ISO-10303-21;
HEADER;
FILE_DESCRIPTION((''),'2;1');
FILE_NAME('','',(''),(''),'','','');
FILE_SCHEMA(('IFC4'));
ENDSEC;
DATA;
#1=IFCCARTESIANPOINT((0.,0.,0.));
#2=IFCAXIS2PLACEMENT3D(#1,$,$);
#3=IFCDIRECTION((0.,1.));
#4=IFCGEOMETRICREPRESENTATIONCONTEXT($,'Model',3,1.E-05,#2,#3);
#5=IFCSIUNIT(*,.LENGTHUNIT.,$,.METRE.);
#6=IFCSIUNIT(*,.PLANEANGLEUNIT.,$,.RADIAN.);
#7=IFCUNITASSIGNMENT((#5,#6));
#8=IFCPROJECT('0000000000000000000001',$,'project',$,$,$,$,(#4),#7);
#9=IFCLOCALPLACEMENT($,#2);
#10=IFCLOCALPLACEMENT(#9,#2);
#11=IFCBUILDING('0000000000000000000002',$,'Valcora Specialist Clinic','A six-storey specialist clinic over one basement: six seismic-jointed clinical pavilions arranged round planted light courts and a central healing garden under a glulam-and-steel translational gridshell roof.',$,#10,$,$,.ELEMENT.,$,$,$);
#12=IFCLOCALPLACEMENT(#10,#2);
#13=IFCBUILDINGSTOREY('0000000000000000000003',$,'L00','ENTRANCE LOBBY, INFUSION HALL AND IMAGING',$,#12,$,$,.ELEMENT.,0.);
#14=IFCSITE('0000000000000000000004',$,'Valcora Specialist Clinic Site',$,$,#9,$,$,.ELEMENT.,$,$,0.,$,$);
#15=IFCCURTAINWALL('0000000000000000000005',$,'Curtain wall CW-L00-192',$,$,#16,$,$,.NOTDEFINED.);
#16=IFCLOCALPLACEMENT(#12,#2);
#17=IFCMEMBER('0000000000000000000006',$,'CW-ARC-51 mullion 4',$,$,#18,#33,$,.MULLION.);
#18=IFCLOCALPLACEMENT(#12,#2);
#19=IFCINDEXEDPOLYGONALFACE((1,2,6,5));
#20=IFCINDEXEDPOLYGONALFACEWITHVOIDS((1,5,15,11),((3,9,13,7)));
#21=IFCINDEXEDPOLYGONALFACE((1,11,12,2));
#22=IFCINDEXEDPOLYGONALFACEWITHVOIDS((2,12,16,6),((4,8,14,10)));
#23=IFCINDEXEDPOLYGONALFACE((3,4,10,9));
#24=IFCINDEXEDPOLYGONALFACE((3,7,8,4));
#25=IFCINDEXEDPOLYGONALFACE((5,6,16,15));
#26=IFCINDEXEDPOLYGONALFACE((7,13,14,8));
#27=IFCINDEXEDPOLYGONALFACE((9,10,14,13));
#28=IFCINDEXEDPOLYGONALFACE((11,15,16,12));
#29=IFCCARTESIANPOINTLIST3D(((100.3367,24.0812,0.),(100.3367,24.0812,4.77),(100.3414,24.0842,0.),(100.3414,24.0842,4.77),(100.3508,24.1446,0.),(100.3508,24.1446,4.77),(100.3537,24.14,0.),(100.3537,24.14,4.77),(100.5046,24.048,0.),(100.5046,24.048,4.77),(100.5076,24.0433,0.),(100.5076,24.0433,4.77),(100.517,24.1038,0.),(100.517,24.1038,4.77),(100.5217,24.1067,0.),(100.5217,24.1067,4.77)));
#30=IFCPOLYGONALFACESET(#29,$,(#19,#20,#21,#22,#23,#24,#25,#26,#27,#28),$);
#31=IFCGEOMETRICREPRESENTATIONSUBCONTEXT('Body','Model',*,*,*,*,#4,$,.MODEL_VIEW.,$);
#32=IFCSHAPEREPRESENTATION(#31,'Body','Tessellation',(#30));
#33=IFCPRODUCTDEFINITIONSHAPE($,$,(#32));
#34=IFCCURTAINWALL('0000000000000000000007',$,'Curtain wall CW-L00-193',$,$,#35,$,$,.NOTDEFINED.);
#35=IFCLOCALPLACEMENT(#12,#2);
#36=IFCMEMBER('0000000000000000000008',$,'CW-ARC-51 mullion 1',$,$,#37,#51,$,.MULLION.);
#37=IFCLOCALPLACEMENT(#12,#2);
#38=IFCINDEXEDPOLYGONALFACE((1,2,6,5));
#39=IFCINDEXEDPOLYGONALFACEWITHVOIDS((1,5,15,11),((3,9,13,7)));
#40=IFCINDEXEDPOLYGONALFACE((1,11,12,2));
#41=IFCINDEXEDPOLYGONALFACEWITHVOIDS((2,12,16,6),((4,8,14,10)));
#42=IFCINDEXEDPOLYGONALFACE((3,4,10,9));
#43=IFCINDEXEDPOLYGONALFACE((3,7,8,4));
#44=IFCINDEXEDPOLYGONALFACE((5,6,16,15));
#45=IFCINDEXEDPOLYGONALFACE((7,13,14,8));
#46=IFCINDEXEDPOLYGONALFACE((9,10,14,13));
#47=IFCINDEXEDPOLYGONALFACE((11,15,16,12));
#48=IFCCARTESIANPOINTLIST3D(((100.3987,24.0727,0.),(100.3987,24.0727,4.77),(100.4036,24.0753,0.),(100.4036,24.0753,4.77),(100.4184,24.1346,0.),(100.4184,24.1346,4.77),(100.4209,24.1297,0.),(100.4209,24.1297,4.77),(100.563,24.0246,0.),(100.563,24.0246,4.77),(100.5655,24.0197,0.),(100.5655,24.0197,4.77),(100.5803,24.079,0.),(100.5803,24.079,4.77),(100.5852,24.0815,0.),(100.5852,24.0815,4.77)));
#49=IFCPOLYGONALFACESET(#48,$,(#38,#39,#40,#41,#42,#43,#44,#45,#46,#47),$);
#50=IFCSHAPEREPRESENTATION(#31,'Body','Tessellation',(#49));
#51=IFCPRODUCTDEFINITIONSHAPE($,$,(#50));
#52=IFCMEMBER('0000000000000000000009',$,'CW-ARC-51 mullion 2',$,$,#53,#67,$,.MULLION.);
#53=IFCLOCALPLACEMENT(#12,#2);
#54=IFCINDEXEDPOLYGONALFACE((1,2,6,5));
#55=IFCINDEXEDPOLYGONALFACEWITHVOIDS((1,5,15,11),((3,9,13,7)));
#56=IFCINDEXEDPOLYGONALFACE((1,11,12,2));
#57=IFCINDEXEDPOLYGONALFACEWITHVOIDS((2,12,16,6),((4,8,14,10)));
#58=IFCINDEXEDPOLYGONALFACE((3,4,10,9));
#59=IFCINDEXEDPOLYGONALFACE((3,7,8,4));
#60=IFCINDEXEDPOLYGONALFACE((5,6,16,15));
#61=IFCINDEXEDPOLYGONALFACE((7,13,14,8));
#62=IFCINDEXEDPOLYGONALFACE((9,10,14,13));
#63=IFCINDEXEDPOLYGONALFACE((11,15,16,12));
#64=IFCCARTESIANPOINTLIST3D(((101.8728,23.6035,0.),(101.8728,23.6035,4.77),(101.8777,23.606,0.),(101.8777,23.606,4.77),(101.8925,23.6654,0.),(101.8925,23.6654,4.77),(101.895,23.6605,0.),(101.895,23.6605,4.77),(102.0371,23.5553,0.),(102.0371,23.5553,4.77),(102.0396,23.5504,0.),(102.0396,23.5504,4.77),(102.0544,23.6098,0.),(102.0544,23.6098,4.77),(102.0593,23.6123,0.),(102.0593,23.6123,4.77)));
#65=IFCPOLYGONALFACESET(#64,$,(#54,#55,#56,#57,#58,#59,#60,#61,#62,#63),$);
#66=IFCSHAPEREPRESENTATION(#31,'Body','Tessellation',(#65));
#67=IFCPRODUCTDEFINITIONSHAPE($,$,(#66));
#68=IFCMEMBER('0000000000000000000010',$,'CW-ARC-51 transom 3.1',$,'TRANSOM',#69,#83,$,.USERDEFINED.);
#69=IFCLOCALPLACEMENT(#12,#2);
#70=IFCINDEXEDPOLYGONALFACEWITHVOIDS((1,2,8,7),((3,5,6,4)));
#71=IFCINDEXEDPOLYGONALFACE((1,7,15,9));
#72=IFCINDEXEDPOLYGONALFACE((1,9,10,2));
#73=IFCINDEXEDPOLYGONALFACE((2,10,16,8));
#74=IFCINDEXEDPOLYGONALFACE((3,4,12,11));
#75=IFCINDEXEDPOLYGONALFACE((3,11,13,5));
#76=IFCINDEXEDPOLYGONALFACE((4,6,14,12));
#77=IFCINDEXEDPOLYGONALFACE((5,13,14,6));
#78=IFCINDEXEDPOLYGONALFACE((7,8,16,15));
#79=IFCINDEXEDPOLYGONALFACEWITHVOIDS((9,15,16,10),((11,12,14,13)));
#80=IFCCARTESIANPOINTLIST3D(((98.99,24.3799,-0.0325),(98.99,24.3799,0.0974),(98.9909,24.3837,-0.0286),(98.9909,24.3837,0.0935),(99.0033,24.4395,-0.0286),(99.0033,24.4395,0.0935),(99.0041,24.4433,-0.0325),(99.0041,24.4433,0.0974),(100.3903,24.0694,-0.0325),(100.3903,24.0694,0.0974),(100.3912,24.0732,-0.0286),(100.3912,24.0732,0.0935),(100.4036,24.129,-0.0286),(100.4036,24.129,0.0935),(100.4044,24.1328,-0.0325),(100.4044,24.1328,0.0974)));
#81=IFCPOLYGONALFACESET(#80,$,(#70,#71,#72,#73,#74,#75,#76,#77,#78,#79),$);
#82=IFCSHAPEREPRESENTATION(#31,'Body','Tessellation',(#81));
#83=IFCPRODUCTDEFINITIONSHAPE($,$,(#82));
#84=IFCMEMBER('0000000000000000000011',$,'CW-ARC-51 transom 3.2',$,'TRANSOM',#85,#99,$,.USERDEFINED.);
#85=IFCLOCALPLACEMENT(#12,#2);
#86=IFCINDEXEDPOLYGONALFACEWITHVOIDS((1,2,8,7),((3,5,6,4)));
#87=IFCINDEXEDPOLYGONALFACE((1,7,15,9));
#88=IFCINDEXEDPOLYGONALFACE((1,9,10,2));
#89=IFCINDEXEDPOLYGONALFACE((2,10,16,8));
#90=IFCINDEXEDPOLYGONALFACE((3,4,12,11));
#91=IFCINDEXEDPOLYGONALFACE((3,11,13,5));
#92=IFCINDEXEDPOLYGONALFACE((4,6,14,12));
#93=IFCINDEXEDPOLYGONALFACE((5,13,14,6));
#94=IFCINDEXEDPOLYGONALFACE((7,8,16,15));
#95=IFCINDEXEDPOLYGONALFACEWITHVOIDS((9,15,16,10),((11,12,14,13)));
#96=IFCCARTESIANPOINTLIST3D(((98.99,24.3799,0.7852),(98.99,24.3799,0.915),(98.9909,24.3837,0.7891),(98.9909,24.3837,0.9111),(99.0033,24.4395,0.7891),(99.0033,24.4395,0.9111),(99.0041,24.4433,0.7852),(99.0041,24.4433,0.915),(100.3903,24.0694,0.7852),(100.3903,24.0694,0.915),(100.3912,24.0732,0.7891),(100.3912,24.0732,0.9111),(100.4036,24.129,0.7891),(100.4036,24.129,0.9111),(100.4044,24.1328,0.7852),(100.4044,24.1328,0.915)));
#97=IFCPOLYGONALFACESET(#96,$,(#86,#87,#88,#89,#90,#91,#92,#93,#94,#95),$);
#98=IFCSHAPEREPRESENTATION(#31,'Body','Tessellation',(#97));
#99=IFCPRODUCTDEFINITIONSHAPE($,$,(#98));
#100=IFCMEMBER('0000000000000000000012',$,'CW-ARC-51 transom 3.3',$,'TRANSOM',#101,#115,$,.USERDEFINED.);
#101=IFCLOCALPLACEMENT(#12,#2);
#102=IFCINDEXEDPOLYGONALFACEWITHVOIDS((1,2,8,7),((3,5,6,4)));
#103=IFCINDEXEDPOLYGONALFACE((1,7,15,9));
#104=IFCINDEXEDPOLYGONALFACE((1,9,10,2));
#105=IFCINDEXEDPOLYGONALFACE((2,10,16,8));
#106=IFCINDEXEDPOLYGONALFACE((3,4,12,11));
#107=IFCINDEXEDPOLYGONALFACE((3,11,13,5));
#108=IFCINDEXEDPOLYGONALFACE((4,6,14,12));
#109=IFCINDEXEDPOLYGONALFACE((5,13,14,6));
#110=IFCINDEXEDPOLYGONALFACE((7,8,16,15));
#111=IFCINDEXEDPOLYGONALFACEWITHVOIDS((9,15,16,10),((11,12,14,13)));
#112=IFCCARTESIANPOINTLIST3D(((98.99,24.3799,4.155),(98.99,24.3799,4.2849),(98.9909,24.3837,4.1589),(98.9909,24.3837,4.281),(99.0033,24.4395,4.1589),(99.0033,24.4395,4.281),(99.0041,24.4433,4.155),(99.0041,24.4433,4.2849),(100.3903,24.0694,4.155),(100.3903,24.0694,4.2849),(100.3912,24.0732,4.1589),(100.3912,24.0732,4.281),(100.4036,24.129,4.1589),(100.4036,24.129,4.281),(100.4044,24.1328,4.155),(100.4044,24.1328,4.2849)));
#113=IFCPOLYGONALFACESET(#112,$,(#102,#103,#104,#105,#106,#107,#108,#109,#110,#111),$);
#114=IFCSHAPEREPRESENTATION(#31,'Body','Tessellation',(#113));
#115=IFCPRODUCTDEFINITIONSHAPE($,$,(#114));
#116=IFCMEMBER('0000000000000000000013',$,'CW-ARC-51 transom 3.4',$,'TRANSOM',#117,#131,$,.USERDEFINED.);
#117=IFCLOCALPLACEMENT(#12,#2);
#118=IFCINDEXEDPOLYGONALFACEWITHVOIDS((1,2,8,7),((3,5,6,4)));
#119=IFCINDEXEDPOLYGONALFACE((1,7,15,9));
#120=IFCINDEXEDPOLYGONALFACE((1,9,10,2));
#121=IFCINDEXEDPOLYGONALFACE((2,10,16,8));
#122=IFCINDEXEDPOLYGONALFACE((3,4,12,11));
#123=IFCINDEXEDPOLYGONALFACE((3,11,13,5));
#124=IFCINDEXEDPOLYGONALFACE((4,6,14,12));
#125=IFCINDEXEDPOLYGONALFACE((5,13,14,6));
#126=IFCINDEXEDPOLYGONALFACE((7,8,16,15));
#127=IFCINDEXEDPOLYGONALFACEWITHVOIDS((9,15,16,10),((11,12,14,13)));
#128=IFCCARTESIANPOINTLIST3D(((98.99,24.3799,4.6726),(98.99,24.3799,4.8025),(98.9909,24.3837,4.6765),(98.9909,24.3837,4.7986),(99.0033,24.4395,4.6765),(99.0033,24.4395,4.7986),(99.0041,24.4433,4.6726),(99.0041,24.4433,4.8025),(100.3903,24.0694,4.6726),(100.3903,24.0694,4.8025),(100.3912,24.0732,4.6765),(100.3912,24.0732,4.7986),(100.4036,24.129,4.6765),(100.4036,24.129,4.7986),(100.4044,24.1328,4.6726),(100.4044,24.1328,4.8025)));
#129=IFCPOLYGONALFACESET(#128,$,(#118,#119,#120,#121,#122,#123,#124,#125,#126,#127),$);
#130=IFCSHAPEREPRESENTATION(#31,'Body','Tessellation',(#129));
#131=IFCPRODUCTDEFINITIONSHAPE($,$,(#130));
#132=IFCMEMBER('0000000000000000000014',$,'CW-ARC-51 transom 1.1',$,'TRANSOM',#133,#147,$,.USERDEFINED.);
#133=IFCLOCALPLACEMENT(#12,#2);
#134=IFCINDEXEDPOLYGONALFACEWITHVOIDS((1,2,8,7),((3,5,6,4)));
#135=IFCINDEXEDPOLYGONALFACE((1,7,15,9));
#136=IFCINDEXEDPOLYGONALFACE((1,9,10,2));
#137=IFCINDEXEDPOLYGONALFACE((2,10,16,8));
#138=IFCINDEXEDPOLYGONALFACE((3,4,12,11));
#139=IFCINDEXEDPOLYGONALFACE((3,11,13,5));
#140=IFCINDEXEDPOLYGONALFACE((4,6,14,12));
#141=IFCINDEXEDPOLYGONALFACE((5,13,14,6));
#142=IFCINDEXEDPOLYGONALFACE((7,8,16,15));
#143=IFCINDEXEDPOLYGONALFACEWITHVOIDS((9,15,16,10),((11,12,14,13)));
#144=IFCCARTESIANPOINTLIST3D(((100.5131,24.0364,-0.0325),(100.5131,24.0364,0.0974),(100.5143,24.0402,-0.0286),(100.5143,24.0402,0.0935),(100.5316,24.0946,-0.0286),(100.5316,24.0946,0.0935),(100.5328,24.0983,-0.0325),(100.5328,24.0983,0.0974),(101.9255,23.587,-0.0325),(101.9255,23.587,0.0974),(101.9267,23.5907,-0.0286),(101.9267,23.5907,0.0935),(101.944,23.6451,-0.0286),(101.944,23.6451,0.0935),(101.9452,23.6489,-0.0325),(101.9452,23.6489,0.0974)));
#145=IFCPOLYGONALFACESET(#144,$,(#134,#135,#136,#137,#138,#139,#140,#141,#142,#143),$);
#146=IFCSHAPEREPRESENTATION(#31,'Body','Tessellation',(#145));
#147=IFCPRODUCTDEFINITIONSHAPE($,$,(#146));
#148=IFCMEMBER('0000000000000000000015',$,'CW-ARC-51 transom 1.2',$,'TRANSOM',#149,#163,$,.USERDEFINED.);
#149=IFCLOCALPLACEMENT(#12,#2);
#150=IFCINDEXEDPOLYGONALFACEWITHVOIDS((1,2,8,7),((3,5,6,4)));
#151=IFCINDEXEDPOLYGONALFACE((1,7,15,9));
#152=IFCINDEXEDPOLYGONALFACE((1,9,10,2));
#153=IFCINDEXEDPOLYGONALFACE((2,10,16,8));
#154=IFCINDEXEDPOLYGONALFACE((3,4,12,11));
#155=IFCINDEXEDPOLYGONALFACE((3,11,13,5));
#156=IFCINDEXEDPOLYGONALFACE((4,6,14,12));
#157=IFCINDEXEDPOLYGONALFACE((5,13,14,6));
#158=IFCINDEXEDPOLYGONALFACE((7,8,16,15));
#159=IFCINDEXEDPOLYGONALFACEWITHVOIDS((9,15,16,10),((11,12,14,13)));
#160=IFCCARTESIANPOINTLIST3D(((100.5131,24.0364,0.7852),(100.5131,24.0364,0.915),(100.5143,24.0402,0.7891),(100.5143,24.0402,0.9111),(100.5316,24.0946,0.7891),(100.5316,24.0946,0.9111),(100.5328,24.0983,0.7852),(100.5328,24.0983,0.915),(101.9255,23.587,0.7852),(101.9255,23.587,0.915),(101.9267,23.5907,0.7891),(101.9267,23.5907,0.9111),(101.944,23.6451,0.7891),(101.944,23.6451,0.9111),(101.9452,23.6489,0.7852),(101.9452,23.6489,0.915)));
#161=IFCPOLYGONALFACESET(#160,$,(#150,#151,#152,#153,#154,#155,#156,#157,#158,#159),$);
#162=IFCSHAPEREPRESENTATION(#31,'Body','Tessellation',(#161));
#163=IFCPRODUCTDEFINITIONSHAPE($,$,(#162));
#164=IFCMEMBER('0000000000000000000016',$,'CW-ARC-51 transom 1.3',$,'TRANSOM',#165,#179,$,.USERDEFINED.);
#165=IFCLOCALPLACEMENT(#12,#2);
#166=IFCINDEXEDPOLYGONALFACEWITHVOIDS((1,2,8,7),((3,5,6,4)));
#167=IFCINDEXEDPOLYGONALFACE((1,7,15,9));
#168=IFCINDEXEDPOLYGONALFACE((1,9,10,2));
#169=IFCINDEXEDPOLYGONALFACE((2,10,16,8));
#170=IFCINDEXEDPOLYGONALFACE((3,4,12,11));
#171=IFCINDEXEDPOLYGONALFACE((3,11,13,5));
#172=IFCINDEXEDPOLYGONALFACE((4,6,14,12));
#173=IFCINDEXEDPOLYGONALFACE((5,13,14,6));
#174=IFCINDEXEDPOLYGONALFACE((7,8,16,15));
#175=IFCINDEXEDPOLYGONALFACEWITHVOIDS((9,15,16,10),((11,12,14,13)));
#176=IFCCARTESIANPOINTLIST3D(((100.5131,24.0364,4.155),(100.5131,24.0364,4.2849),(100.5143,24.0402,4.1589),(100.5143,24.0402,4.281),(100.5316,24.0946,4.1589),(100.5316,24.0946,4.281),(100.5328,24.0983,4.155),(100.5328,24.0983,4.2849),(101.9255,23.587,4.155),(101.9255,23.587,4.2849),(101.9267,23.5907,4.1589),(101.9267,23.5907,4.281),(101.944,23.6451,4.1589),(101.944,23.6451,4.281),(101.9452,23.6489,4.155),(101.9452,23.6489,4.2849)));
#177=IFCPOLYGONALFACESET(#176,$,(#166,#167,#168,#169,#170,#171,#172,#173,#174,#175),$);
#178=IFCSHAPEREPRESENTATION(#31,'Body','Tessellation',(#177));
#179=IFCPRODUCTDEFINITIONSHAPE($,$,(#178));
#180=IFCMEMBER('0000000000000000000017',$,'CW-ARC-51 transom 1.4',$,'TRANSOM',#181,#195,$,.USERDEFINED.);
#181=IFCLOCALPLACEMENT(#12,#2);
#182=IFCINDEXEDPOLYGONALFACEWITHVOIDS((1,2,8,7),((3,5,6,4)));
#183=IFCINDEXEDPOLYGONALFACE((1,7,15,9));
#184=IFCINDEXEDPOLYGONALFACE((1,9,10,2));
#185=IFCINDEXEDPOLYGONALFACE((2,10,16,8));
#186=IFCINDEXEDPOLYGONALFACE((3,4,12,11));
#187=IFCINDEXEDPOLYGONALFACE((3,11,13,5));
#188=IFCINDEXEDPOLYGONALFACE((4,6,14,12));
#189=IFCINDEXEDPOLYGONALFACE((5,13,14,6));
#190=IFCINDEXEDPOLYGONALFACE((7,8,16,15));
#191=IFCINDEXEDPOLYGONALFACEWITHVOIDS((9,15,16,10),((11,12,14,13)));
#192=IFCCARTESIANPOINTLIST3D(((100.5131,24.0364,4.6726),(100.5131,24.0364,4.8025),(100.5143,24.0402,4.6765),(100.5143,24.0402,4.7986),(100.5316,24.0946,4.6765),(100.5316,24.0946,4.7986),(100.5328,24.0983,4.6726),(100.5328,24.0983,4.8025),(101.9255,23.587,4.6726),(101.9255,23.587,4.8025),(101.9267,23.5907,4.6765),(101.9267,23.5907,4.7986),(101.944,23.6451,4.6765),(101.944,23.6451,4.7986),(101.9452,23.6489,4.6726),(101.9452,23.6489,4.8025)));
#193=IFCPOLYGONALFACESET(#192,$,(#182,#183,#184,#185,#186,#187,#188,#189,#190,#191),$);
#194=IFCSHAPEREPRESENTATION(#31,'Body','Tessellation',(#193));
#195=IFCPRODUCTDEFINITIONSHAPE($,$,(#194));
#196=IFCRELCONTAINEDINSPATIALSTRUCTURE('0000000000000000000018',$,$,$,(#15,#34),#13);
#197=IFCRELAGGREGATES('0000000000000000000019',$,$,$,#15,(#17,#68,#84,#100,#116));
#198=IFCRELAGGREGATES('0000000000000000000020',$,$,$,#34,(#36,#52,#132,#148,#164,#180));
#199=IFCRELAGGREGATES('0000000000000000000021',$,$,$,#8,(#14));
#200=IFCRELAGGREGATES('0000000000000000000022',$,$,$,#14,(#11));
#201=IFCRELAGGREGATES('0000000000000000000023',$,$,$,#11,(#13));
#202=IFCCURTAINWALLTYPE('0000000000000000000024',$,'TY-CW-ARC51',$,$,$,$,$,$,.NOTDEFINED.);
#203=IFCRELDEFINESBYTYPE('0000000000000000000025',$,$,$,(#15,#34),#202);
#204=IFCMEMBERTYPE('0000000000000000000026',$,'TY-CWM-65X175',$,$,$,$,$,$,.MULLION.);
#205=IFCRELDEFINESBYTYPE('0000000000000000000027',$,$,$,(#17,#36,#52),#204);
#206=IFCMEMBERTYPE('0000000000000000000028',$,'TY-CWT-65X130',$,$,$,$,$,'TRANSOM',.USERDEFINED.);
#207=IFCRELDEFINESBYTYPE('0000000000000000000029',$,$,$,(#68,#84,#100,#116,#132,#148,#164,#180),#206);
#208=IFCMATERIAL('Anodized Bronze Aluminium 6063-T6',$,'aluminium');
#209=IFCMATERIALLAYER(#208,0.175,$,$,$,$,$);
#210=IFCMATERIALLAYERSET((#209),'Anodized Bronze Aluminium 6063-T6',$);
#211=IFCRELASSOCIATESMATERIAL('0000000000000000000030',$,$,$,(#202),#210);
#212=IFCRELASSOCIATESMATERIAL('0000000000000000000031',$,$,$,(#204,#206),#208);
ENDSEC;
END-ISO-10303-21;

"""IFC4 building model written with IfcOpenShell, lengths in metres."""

from ifc_helpers import new_model, si_unit, direction, frame, origin, origin_2d, place, context, subcontext, project, spatial, hollow_rectangle, extrude, material, layer, layer_set, material_profile, profile_set, type_object, element, aggregate, save


model = new_model("IFC4")

# Units and contexts
model_context = context("Model", 3, precision=1e-05, world=origin(), true_north=direction((0.0, 1.0)))
body_context = subcontext(model_context, "Body", "Model", "MODEL_VIEW")
ifc_project = project(units=[si_unit("LENGTHUNIT", "METRE"), si_unit("PLANEANGLEUNIT", "RADIAN")], contexts=[model_context])

# Site, building, storey
site_placement = place(None, origin())
site = spatial("IfcSite", under=ifc_project, at=site_placement, Name="Valcora Specialist Clinic Site", CompositionType="ELEMENT", RefElevation=0.0)
building_placement = place(site_placement, origin())
building = spatial("IfcBuilding", under=site, at=building_placement, Name="Valcora Specialist Clinic", Description="A six-storey specialist clinic over one basement: six seismic-jointed clinical pavilions arranged round planted light courts and a central healing garden under a glulam-and-steel translational gridshell roof.", CompositionType="ELEMENT")
storey_placement = place(building_placement, origin())
storey = spatial("IfcBuildingStorey", under=building, at=storey_placement, Name="L00", Description="ENTRANCE LOBBY, INFUSION HALL AND IMAGING", CompositionType="ELEMENT", Elevation=0.0)

# Curtain wall, member
ifc_material_1 = material(Name="Anodized Bronze Aluminium 6063-T6", Category="aluminium")
ifc_layer_1 = layer(ifc_material_1, 0.175)
ifc_layer_set_1 = layer_set([ifc_layer_1], Name="Anodized Bronze Aluminium 6063-T6")
curtain_wall_type = type_object("IfcCurtainWallType", Name="TY-CW-ARC51", PredefinedType="NOTDEFINED", material=ifc_layer_set_1)
curtain_wall_1_placement = place(storey_placement, origin())
curtain_wall_1 = element("IfcCurtainWall", 1, at=curtain_wall_1_placement, inside=storey, type_object=curtain_wall_type, Name="Curtain wall CW-L00-192", PredefinedType="NOTDEFINED")
ifc_material_profile_1 = material_profile(ifc_material_1, hollow_rectangle(XDim=0.0649, YDim=0.175, WallThickness=0.0039, at=origin_2d()), Name="AL-MUL-65X175")
ifc_profile_set_1 = profile_set([ifc_material_profile_1], Name="Anodized Bronze Aluminium 6063-T6")
member_type_1 = type_object("IfcMemberType", Name="TY-CWM-65X175", PredefinedType="MULLION", material=ifc_profile_set_1)
member_1_placement = place(storey_placement, frame((100.4292, 24.094, 0.0), z_axis=(0.0, 0.0, 1.0), x_axis=(0.216518, 0.976279, 0.0)))
member_1 = element("IfcMember", 2, at=member_1_placement, type_object=member_type_1, Name="CW-ARC-51 mullion 4", PredefinedType="MULLION", context=body_context, shape_type="SweptSolid", body=[
    extrude(hollow_rectangle(XDim=0.0649, YDim=0.175, WallThickness=0.0039, at=origin_2d()), origin(), (0.0, 0.0, 1.0), 4.77),
])

# Curtain wall, members
curtain_wall_2_placement = place(storey_placement, origin())
curtain_wall_2 = element("IfcCurtainWall", 3, at=curtain_wall_2_placement, inside=storey, type_object=curtain_wall_type, Name="Curtain wall CW-L00-193", PredefinedType="NOTDEFINED")
member_2_placement = place(storey_placement, frame((100.4919, 24.0771, 0.0), z_axis=(0.0, 0.0, 1.0), x_axis=(0.303233, 0.952916, 0.0)))
member_2 = element("IfcMember", 4, at=member_2_placement, type_object=member_type_1, Name="CW-ARC-51 mullion 1", PredefinedType="MULLION", context=body_context, shape_type="SweptSolid", body=[
    extrude(hollow_rectangle(XDim=0.0649, YDim=0.175, WallThickness=0.0039, at=origin_2d()), origin(), (0.0, 0.0, 1.0), 4.77),
])
member_3_placement = place(storey_placement, frame((101.9661, 23.6079, 0.0), z_axis=(0.0, 0.0, 1.0), x_axis=(0.303233, 0.952916, 0.0)))
member_3 = element("IfcMember", 5, at=member_3_placement, type_object=member_type_1, Name="CW-ARC-51 mullion 2", PredefinedType="MULLION", context=body_context, shape_type="SweptSolid", body=[
    extrude(hollow_rectangle(XDim=0.0649, YDim=0.175, WallThickness=0.0039, at=origin_2d()), origin(), (0.0, 0.0, 1.0), 4.77),
])

# Members
ifc_material_profile_2 = material_profile(ifc_material_1, hollow_rectangle(XDim=0.0649, YDim=0.1299, WallThickness=0.0039, at=origin_2d()), Name="AL-TRN-65X130")
ifc_profile_set_2 = profile_set([ifc_material_profile_2], Name="Anodized Bronze Aluminium 6063-T6")
member_type_2 = type_object("IfcMemberType", Name="TY-CWT-65X130", ElementType="TRANSOM", PredefinedType="USERDEFINED", material=ifc_profile_set_2)
member_4_placement = place(storey_placement, frame((98.9971, 24.4116, 0.0325), z_axis=(0.976283, -0.216498, 0.0), x_axis=(0.216498, 0.976283, 0.0)))
member_4 = element("IfcMember", 6, at=member_4_placement, type_object=member_type_2, Name="CW-ARC-51 transom 3.1", ObjectType="TRANSOM", PredefinedType="USERDEFINED", context=body_context, shape_type="SweptSolid", body=[
    extrude(hollow_rectangle(XDim=0.0649, YDim=0.1299, WallThickness=0.0039, at=origin_2d()), origin(), (0.0, 0.0, 1.0), 1.4343),
])
member_5_placement = place(storey_placement, frame((98.9971, 24.4116, 0.8501), z_axis=(0.976283, -0.216498, 0.0), x_axis=(0.216498, 0.976283, 0.0)))
member_5 = element("IfcMember", 7, at=member_5_placement, type_object=member_type_2, Name="CW-ARC-51 transom 3.2", ObjectType="TRANSOM", PredefinedType="USERDEFINED", context=body_context, shape_type="SweptSolid", body=[
    extrude(hollow_rectangle(XDim=0.0649, YDim=0.1299, WallThickness=0.0039, at=origin_2d()), origin(), (0.0, 0.0, 1.0), 1.4343),
])
member_6_placement = place(storey_placement, frame((98.9971, 24.4116, 4.22), z_axis=(0.976283, -0.216498, 0.0), x_axis=(0.216498, 0.976283, 0.0)))
member_6 = element("IfcMember", 8, at=member_6_placement, type_object=member_type_2, Name="CW-ARC-51 transom 3.3", ObjectType="TRANSOM", PredefinedType="USERDEFINED", context=body_context, shape_type="SweptSolid", body=[
    extrude(hollow_rectangle(XDim=0.0649, YDim=0.1299, WallThickness=0.0039, at=origin_2d()), origin(), (0.0, 0.0, 1.0), 1.4343),
])
member_7_placement = place(storey_placement, frame((98.9971, 24.4116, 4.7375), z_axis=(0.976283, -0.216498, 0.0), x_axis=(0.216498, 0.976283, 0.0)))
member_7 = element("IfcMember", 9, at=member_7_placement, type_object=member_type_2, Name="CW-ARC-51 transom 3.4", ObjectType="TRANSOM", PredefinedType="USERDEFINED", context=body_context, shape_type="SweptSolid", body=[
    extrude(hollow_rectangle(XDim=0.0649, YDim=0.1299, WallThickness=0.0039, at=origin_2d()), origin(), (0.0, 0.0, 1.0), 1.4343),
])
member_8_placement = place(storey_placement, frame((100.5229, 24.0674, 0.0325), z_axis=(0.952911, -0.303251, 0.0), x_axis=(0.303251, 0.952911, 0.0)))
member_8 = element("IfcMember", 10, at=member_8_placement, type_object=member_type_2, Name="CW-ARC-51 transom 1.1", ObjectType="TRANSOM", PredefinedType="USERDEFINED", context=body_context, shape_type="SweptSolid", body=[
    extrude(hollow_rectangle(XDim=0.0649, YDim=0.1299, WallThickness=0.0039, at=origin_2d()), origin(), (0.0, 0.0, 1.0), 1.4822),
])
member_9_placement = place(storey_placement, frame((100.5229, 24.0674, 0.8501), z_axis=(0.952911, -0.303251, 0.0), x_axis=(0.303251, 0.952911, 0.0)))
member_9 = element("IfcMember", 11, at=member_9_placement, type_object=member_type_2, Name="CW-ARC-51 transom 1.2", ObjectType="TRANSOM", PredefinedType="USERDEFINED", context=body_context, shape_type="SweptSolid", body=[
    extrude(hollow_rectangle(XDim=0.0649, YDim=0.1299, WallThickness=0.0039, at=origin_2d()), origin(), (0.0, 0.0, 1.0), 1.4822),
])
member_10_placement = place(storey_placement, frame((100.5229, 24.0674, 4.22), z_axis=(0.952911, -0.303251, 0.0), x_axis=(0.303251, 0.952911, 0.0)))
member_10 = element("IfcMember", 12, at=member_10_placement, type_object=member_type_2, Name="CW-ARC-51 transom 1.3", ObjectType="TRANSOM", PredefinedType="USERDEFINED", context=body_context, shape_type="SweptSolid", body=[
    extrude(hollow_rectangle(XDim=0.0649, YDim=0.1299, WallThickness=0.0039, at=origin_2d()), origin(), (0.0, 0.0, 1.0), 1.4822),
])
member_11_placement = place(storey_placement, frame((100.5229, 24.0674, 4.7375), z_axis=(0.952911, -0.303251, 0.0), x_axis=(0.303251, 0.952911, 0.0)))
member_11 = element("IfcMember", 13, at=member_11_placement, type_object=member_type_2, Name="CW-ARC-51 transom 1.4", ObjectType="TRANSOM", PredefinedType="USERDEFINED", context=body_context, shape_type="SweptSolid", body=[
    extrude(hollow_rectangle(XDim=0.0649, YDim=0.1299, WallThickness=0.0039, at=origin_2d()), origin(), (0.0, 0.0, 1.0), 1.4822),
])

aggregate(curtain_wall_1, [member_1, member_4, member_5, member_6, member_7])
aggregate(curtain_wall_2, [member_2, member_3, member_8, member_9, member_10, member_11])

save(model, "model.ifc")
